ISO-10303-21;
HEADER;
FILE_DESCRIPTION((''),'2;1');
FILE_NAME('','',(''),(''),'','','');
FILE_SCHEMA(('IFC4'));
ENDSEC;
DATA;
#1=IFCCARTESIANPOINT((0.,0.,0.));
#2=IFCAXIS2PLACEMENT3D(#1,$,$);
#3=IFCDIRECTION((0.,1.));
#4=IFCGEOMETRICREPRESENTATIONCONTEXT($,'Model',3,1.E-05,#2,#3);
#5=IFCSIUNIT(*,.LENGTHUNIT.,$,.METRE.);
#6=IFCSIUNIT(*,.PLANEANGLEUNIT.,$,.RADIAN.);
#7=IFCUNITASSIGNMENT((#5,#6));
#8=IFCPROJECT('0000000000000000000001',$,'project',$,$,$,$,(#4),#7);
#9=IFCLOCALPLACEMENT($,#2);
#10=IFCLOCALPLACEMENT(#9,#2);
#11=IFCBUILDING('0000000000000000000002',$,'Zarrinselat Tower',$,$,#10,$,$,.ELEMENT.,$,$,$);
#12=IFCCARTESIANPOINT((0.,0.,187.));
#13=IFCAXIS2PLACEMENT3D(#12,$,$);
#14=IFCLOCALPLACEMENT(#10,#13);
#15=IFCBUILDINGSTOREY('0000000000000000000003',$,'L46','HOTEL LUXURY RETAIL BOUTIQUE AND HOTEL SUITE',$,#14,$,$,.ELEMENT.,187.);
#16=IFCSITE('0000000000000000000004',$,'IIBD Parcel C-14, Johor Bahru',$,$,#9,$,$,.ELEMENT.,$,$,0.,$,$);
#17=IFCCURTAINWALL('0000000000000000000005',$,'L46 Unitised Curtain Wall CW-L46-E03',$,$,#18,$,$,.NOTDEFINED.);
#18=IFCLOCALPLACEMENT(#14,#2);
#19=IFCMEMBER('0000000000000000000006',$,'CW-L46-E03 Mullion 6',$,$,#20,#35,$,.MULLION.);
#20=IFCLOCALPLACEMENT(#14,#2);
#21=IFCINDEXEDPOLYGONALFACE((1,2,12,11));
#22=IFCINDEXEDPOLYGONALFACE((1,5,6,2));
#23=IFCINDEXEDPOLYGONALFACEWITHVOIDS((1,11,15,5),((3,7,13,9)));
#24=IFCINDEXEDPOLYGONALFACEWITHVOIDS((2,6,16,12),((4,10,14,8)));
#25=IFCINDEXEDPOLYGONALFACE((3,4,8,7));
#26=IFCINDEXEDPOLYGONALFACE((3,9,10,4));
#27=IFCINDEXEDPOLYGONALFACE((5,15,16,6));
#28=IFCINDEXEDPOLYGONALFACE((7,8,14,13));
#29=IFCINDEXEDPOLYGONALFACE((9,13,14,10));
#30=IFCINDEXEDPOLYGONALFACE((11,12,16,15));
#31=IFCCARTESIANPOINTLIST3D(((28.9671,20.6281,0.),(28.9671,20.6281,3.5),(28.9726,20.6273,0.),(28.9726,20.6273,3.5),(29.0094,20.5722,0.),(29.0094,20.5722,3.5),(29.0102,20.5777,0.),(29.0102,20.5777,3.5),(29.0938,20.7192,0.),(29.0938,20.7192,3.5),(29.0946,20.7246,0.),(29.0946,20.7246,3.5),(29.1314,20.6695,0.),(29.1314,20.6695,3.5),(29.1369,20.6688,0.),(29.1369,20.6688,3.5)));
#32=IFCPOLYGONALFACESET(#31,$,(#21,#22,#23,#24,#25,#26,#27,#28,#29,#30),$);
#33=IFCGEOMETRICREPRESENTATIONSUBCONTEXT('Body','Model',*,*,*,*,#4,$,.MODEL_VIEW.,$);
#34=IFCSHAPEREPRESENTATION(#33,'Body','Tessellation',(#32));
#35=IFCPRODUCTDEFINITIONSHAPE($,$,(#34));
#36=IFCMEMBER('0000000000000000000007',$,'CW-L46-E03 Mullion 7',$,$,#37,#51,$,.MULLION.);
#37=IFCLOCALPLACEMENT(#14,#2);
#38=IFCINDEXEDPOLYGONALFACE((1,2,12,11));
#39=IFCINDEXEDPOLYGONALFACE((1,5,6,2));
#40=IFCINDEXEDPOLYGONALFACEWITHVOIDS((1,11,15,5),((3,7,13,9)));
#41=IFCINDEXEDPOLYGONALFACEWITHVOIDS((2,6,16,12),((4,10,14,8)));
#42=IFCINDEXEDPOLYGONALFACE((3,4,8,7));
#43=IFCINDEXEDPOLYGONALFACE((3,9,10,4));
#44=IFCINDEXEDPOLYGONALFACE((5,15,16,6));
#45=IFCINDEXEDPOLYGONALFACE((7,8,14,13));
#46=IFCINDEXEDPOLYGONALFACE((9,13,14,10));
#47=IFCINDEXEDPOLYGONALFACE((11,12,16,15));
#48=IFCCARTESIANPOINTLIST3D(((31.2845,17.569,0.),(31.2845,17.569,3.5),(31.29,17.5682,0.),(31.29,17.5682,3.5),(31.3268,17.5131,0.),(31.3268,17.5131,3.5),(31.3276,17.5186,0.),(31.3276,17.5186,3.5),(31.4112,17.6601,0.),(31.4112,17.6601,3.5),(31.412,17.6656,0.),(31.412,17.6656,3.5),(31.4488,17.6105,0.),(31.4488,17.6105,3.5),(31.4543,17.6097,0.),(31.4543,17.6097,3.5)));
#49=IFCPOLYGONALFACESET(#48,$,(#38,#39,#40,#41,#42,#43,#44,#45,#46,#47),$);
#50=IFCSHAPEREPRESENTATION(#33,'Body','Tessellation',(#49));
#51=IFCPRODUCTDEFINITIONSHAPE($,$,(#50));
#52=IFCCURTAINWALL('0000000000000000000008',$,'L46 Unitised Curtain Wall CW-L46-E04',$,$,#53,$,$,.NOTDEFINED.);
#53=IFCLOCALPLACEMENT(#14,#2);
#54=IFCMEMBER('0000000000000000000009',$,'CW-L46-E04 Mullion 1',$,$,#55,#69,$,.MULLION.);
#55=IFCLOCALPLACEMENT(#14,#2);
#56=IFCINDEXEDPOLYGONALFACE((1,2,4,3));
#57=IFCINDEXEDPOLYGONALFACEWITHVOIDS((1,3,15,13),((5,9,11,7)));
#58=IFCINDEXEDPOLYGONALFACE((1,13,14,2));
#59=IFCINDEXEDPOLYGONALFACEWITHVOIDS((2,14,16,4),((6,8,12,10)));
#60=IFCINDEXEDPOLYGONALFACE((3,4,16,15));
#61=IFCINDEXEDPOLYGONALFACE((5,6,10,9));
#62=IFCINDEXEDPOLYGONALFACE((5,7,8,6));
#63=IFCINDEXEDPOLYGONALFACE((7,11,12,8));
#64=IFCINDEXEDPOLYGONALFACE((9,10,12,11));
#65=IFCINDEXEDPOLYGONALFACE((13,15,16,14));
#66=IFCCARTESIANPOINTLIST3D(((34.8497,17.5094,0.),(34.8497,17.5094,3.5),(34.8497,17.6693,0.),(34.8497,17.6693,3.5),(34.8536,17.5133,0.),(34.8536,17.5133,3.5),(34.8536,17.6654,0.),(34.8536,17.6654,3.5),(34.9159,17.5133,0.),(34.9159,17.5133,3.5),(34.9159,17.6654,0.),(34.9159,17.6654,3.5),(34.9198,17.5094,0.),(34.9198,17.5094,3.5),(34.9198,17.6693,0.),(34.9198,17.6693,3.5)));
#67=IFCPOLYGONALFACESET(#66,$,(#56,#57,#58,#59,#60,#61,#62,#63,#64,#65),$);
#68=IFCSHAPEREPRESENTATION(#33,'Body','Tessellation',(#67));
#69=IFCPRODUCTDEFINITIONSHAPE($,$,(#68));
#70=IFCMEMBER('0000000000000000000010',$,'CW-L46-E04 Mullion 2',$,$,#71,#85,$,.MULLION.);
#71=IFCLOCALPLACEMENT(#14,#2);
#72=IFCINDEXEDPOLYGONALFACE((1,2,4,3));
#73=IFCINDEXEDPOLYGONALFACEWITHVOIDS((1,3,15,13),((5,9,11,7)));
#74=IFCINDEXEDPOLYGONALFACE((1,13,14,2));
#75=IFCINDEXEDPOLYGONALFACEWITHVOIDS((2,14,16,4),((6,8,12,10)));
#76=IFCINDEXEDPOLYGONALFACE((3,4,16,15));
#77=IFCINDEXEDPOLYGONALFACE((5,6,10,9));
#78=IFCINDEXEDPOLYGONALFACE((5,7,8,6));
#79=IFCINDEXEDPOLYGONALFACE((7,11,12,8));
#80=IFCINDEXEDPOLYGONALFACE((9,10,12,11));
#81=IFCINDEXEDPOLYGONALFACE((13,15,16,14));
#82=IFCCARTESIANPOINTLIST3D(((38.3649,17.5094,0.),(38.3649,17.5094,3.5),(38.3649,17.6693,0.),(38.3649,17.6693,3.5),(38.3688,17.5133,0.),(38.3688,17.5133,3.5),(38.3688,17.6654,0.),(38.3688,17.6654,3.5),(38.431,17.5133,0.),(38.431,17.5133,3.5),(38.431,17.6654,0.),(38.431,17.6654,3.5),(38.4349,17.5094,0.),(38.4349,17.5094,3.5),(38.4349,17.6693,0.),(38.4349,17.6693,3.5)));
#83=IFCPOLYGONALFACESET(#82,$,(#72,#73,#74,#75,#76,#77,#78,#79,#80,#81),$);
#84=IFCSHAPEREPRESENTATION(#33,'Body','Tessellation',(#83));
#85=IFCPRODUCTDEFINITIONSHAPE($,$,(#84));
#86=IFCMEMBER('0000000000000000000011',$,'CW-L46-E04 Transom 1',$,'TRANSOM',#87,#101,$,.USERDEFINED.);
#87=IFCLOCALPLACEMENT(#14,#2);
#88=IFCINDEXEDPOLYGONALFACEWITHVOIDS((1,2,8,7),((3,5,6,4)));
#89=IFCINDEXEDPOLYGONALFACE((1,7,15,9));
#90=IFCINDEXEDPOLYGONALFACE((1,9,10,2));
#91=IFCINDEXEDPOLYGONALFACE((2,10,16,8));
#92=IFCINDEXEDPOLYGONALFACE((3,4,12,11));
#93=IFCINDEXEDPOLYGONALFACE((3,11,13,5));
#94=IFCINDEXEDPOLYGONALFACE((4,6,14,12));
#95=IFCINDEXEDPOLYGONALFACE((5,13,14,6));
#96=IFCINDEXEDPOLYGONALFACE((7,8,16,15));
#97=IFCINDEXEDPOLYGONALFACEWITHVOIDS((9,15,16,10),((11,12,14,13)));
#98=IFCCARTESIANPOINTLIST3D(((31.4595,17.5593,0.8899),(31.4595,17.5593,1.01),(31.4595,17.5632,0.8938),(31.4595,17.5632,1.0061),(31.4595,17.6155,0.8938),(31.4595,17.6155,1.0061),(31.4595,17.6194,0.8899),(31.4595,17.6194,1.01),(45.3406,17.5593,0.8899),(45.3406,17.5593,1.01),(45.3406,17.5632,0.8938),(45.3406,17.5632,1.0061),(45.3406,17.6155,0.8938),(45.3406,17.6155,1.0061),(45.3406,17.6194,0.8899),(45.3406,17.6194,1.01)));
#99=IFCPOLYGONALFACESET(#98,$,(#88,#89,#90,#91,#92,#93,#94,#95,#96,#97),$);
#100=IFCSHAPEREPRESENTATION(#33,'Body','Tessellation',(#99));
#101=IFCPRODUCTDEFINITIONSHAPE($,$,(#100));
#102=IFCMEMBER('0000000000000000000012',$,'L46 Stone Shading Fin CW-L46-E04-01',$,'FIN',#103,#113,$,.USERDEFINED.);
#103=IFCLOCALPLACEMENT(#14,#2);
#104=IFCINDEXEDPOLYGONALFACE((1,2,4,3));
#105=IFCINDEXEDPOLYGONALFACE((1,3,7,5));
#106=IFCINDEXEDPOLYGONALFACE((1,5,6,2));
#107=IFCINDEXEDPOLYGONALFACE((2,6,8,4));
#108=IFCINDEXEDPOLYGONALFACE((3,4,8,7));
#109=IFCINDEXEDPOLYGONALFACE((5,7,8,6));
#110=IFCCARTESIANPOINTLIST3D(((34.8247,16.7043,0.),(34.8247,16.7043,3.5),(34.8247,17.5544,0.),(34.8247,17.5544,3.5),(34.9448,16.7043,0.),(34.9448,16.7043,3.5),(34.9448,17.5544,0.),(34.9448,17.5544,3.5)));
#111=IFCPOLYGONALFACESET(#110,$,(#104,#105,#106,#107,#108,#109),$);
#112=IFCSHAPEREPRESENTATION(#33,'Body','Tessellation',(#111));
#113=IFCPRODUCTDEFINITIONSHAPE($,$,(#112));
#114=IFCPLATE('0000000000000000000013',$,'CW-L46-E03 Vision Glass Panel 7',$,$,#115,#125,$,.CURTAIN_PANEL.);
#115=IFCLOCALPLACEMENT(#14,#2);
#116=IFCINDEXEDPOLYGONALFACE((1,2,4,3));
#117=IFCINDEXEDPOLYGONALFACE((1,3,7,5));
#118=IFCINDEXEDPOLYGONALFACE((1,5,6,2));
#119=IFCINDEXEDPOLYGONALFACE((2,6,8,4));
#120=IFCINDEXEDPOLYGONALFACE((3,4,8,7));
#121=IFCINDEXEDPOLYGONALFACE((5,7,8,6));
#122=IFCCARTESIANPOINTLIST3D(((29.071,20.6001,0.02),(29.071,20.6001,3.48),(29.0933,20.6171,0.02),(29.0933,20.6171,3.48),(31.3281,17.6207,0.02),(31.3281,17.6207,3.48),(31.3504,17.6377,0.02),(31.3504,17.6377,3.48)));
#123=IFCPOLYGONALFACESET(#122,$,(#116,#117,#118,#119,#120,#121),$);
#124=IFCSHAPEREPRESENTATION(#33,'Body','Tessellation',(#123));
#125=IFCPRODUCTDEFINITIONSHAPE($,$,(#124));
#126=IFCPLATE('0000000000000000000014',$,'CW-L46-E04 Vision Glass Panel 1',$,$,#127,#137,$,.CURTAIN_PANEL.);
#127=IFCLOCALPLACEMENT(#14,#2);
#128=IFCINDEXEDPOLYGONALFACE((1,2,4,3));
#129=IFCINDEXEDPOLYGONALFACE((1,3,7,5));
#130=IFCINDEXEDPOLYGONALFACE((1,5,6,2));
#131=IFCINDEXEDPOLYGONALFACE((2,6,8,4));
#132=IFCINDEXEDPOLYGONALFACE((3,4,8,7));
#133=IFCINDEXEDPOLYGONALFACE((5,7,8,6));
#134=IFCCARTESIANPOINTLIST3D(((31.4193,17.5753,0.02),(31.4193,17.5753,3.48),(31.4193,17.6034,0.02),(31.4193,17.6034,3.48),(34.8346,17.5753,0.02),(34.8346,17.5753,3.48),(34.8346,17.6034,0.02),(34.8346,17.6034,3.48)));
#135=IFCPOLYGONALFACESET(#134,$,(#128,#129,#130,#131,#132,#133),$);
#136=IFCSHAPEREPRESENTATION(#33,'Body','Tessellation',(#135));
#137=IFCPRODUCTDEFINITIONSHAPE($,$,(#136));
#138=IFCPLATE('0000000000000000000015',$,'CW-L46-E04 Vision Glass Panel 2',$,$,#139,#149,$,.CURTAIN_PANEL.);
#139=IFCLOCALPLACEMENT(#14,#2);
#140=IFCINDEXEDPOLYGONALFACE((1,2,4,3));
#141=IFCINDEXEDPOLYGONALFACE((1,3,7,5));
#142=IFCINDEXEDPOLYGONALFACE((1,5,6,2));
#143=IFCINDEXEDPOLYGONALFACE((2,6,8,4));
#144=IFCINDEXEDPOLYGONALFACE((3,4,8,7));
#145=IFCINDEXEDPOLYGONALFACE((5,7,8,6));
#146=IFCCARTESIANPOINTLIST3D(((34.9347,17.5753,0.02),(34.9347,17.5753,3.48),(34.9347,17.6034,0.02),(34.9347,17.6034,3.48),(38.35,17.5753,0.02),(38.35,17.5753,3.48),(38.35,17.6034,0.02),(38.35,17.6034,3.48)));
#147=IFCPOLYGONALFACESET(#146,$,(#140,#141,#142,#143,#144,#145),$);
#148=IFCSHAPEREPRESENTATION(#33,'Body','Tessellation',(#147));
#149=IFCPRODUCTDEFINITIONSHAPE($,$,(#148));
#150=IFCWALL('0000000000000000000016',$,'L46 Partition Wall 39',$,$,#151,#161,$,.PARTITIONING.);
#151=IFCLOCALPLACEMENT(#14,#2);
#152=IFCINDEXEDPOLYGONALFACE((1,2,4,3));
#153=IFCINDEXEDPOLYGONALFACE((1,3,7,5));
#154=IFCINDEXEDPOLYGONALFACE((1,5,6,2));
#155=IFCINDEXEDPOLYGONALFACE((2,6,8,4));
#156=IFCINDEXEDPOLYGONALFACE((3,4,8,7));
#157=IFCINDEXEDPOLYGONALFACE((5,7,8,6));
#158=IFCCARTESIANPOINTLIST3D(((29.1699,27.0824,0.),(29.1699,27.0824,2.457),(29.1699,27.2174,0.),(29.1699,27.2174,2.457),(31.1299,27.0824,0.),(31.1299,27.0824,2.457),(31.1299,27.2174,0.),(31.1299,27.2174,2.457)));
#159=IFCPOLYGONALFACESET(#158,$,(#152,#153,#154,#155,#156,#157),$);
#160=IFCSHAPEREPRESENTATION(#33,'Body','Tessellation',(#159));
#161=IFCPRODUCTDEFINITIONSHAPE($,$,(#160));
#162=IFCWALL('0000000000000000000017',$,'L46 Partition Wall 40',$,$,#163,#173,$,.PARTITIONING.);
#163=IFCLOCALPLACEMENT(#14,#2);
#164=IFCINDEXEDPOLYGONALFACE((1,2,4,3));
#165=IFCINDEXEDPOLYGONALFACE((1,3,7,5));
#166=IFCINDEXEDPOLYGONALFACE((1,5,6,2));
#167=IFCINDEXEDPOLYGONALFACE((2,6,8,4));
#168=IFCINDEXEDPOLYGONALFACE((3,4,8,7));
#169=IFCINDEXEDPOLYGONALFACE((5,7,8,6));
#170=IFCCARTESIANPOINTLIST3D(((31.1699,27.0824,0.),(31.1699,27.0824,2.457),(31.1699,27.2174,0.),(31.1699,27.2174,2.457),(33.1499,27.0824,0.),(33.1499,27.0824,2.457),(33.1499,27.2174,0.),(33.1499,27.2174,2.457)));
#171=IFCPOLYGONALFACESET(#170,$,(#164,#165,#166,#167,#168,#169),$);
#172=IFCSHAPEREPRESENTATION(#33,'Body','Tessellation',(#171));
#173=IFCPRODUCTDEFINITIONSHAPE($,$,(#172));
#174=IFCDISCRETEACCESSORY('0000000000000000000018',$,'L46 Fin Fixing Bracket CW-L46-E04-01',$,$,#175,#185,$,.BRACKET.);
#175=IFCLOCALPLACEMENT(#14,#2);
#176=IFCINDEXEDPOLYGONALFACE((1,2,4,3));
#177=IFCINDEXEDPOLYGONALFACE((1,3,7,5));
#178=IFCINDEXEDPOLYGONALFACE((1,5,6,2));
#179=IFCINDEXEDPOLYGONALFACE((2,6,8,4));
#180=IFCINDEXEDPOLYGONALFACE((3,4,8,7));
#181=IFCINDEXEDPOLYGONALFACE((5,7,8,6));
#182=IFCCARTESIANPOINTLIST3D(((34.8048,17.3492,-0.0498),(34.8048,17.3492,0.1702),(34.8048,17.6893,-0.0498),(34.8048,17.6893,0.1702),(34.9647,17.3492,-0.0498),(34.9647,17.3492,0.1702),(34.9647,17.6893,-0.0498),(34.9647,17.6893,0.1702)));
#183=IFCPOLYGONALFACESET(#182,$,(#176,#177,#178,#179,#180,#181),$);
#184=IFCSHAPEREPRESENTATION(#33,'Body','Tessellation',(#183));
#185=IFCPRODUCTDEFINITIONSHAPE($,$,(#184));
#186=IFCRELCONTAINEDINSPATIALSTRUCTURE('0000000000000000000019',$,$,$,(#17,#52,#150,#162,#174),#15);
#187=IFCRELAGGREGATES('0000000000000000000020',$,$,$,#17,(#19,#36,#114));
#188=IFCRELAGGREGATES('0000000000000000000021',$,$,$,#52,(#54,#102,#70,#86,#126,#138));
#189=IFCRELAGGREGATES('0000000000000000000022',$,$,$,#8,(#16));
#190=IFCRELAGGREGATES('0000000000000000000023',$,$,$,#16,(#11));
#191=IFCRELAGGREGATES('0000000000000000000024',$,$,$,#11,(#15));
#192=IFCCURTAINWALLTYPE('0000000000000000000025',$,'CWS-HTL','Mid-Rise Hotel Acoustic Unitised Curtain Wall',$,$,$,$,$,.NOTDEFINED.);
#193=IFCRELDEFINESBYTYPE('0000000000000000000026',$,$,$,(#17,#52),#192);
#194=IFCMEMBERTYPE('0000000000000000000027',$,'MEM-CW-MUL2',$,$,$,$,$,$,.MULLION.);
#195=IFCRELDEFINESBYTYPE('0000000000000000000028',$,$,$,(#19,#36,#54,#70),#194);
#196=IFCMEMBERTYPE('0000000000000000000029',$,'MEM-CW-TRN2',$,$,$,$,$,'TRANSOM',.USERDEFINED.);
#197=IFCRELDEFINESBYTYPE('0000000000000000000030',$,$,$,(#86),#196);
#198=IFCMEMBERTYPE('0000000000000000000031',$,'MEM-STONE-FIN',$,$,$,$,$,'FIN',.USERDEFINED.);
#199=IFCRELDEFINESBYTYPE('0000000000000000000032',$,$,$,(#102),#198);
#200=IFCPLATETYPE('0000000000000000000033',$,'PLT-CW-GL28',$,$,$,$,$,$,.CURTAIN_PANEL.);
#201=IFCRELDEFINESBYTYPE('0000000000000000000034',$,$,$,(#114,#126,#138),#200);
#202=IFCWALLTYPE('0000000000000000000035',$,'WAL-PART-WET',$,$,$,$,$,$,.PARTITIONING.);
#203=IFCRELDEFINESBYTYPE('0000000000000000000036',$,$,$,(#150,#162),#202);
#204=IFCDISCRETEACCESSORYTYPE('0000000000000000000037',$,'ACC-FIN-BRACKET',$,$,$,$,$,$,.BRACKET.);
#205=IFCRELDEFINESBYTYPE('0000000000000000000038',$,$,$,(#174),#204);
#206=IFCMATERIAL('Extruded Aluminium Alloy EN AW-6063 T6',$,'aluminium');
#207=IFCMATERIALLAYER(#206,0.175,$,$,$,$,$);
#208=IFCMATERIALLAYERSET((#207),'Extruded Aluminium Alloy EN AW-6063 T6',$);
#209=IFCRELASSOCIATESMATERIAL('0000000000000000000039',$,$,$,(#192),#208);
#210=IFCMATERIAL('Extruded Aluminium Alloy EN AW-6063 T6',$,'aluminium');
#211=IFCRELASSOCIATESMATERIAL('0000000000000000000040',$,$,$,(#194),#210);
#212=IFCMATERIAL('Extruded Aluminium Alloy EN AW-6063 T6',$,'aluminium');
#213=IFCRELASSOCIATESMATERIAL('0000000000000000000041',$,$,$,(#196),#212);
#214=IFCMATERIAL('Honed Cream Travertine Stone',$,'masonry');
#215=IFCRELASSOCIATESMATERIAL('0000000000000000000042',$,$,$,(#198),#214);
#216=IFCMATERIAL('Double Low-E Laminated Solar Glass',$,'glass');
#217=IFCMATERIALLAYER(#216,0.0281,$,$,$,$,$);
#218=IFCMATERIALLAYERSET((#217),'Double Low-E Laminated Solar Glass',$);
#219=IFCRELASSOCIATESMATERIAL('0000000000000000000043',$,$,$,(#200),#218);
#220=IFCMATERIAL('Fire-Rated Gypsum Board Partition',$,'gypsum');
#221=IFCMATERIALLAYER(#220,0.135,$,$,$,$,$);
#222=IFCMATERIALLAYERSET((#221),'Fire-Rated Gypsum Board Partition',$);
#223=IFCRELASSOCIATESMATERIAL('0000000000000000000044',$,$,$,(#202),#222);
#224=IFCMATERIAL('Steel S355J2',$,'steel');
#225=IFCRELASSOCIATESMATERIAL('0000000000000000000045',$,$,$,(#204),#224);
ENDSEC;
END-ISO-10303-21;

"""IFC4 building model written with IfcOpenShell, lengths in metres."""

from ifc_helpers import new_model, si_unit, direction, frame, frame_2d, origin, origin_2d, place, context, subcontext, project, spatial, rectangle, hollow_rectangle, extrude, material, layer, layer_set, material_profile, profile_set, type_object, element, aggregate, save


model = new_model("IFC4")

# Units and contexts
model_context = context("Model", 3, precision=1e-05, world=origin(), true_north=direction((0.0, 1.0)))
body_context = subcontext(model_context, "Body", "Model", "MODEL_VIEW")
ifc_project = project(units=[si_unit("LENGTHUNIT", "METRE"), si_unit("PLANEANGLEUNIT", "RADIAN")], contexts=[model_context])

# Site, building, storey
site_placement = place(None, origin())
site = spatial("IfcSite", under=ifc_project, at=site_placement, Name="IIBD Parcel C-14, Johor Bahru", CompositionType="ELEMENT", RefElevation=0.0)
building_placement = place(site_placement, origin())
building = spatial("IfcBuilding", under=site, at=building_placement, Name="Zarrinselat Tower", CompositionType="ELEMENT")
storey_placement = place(building_placement, frame((0.0, 0.0, 187.0)))
storey = spatial("IfcBuildingStorey", under=building, at=storey_placement, Name="L46", Description="HOTEL LUXURY RETAIL BOUTIQUE AND HOTEL SUITE", CompositionType="ELEMENT", Elevation=187.0)

# Curtain walls, members
ifc_material_1 = material(Name="Extruded Aluminium Alloy EN AW-6063 T6", Category="aluminium")
ifc_layer_1 = layer(ifc_material_1, 0.175)
ifc_layer_set_1 = layer_set([ifc_layer_1], Name="Extruded Aluminium Alloy EN AW-6063 T6")
curtain_wall_type = type_object("IfcCurtainWallType", Name="CWS-HTL", Description="Mid-Rise Hotel Acoustic Unitised Curtain Wall", PredefinedType="NOTDEFINED", material=ifc_layer_set_1)
curtain_wall_1_placement = place(storey_placement, origin())
curtain_wall_1 = element("IfcCurtainWall", 1, at=curtain_wall_1_placement, inside=storey, type_object=curtain_wall_type, Name="L46 Unitised Curtain Wall CW-L46-E03", PredefinedType="NOTDEFINED")
ifc_material_2 = material(Name="Extruded Aluminium Alloy EN AW-6063 T6", Category="aluminium")
ifc_material_profile_1 = material_profile(ifc_material_2, hollow_rectangle(XDim=0.0701, YDim=0.1599, WallThickness=0.0039, at=origin_2d()), Name="RHS 160x70x4")
ifc_profile_set_1 = profile_set([ifc_material_profile_1], Name="Extruded Aluminium Alloy EN AW-6063 T6")
member_type_1 = type_object("IfcMemberType", Name="MEM-CW-MUL2", PredefinedType="MULLION", material=ifc_profile_set_1)
member_1_placement = place(storey_placement, frame((29.052, 20.6484, 0.0), z_axis=(0.0, 0.0, 1.0), x_axis=(0.603857, -0.797093, 0.0)))
member_1 = element("IfcMember", 2, at=member_1_placement, type_object=member_type_1, Name="CW-L46-E03 Mullion 6", PredefinedType="MULLION", context=body_context, shape_type="SweptSolid", body=[
    extrude(hollow_rectangle(XDim=0.0701, YDim=0.1599, WallThickness=0.0039, at=origin_2d()), origin(), (0.0, 0.0, 1.0), 3.5),
])
member_2_placement = place(storey_placement, frame((31.3694, 17.5894, 0.0), z_axis=(0.0, 0.0, 1.0), x_axis=(0.603857, -0.797093, 0.0)))
member_2 = element("IfcMember", 3, at=member_2_placement, type_object=member_type_1, Name="CW-L46-E03 Mullion 7", PredefinedType="MULLION", context=body_context, shape_type="SweptSolid", body=[
    extrude(hollow_rectangle(XDim=0.0701, YDim=0.1599, WallThickness=0.0039, at=origin_2d()), origin(), (0.0, 0.0, 1.0), 3.5),
])
curtain_wall_2_placement = place(storey_placement, origin())
curtain_wall_2 = element("IfcCurtainWall", 4, at=curtain_wall_2_placement, inside=storey, type_object=curtain_wall_type, Name="L46 Unitised Curtain Wall CW-L46-E04", PredefinedType="NOTDEFINED")
member_3_placement = place(storey_placement, frame((34.8848, 17.5894, 0.0), z_axis=(0.0, 0.0, 1.0), x_axis=(1.0, 0.0, 0.0)))
member_3 = element("IfcMember", 5, at=member_3_placement, type_object=member_type_1, Name="CW-L46-E04 Mullion 1", PredefinedType="MULLION", context=body_context, shape_type="SweptSolid", body=[
    extrude(hollow_rectangle(XDim=0.0701, YDim=0.1599, WallThickness=0.0039, at=origin_2d()), origin(), (0.0, 0.0, 1.0), 3.5),
])
member_4_placement = place(storey_placement, frame((38.3999, 17.5894, 0.0), z_axis=(0.0, 0.0, 1.0), x_axis=(1.0, 0.0, 0.0)))
member_4 = element("IfcMember", 6, at=member_4_placement, type_object=member_type_1, Name="CW-L46-E04 Mullion 2", PredefinedType="MULLION", context=body_context, shape_type="SweptSolid", body=[
    extrude(hollow_rectangle(XDim=0.0701, YDim=0.1599, WallThickness=0.0039, at=origin_2d()), origin(), (0.0, 0.0, 1.0), 3.5),
])
ifc_material_3 = material(Name="Extruded Aluminium Alloy EN AW-6063 T6", Category="aluminium")
ifc_material_profile_2 = material_profile(ifc_material_3, hollow_rectangle(XDim=0.0601, YDim=0.1201, WallThickness=0.0039, at=origin_2d()), Name="RHS 120x60x4")
ifc_profile_set_2 = profile_set([ifc_material_profile_2], Name="Extruded Aluminium Alloy EN AW-6063 T6")
member_type_2 = type_object("IfcMemberType", Name="MEM-CW-TRN2", ElementType="TRANSOM", PredefinedType="USERDEFINED", material=ifc_profile_set_2)
member_5_placement = place(storey_placement, frame((31.4595, 17.5894, 0.95), z_axis=(1.0, 0.0, 0.0), x_axis=(0.0, 1.0, 0.0)))
member_5 = element("IfcMember", 7, at=member_5_placement, type_object=member_type_2, Name="CW-L46-E04 Transom 1", ObjectType="TRANSOM", PredefinedType="USERDEFINED", context=body_context, shape_type="SweptSolid", body=[
    extrude(hollow_rectangle(XDim=0.0601, YDim=0.1201, WallThickness=0.0039, at=origin_2d()), origin(), (0.0, 0.0, 1.0), 13.8811),
])
ifc_material_4 = material(Name="Honed Cream Travertine Stone", Category="masonry")
ifc_material_profile_3 = material_profile(ifc_material_4, rectangle(XDim=0.1201, YDim=0.8501, at=origin_2d()), Name="FIN 850x120")
ifc_profile_set_3 = profile_set([ifc_material_profile_3], Name="Honed Cream Travertine Stone")
member_type_3 = type_object("IfcMemberType", Name="MEM-STONE-FIN", ElementType="FIN", PredefinedType="USERDEFINED", material=ifc_profile_set_3)
member_6_placement = place(storey_placement, frame((34.8848, 17.1294, 0.0), z_axis=(0.0, 0.0, 1.0), x_axis=(-1.0, 0.0, 0.0)))
member_6 = element("IfcMember", 8, at=member_6_placement, type_object=member_type_3, Name="L46 Stone Shading Fin CW-L46-E04-01", ObjectType="FIN", PredefinedType="USERDEFINED", context=body_context, shape_type="SweptSolid", body=[
    extrude(rectangle(XDim=0.1201, YDim=0.8501, at=origin_2d()), origin(), (0.0, 0.0, 1.0), 3.5),
])

# Plates
ifc_material_5 = material(Name="Double Low-E Laminated Solar Glass", Category="glass")
ifc_layer_2 = layer(ifc_material_5, 0.0281)
ifc_layer_set_2 = layer_set([ifc_layer_2], Name="Double Low-E Laminated Solar Glass")
plate_type = type_object("IfcPlateType", Name="PLT-CW-GL28", PredefinedType="CURTAIN_PANEL", material=ifc_layer_set_2)
plate_1_placement = place(storey_placement, frame((30.2107, 19.1189, 0.02), z_axis=(0.0, 0.0, 1.0), x_axis=(0.603857, -0.797093, 0.0)))
plate_1 = element("IfcPlate", 9, at=plate_1_placement, type_object=plate_type, Name="CW-L46-E03 Vision Glass Panel 7", PredefinedType="CURTAIN_PANEL", context=body_context, shape_type="SweptSolid", body=[
    extrude(rectangle(XDim=3.7378, YDim=0.0281, at=origin_2d()), origin(), (0.0, 0.0, 1.0), 3.46),
])
aggregate(curtain_wall_1, [member_1, member_2, plate_1])
plate_2_placement = place(storey_placement, frame((33.127, 17.5894, 0.02), z_axis=(0.0, 0.0, 1.0), x_axis=(1.0, 0.0, 0.0)))
plate_2 = element("IfcPlate", 10, at=plate_2_placement, type_object=plate_type, Name="CW-L46-E04 Vision Glass Panel 1", PredefinedType="CURTAIN_PANEL", context=body_context, shape_type="SweptSolid", body=[
    extrude(rectangle(XDim=3.4153, YDim=0.0281, at=origin_2d()), origin(), (0.0, 0.0, 1.0), 3.46),
])
plate_3_placement = place(storey_placement, frame((36.6423, 17.5894, 0.02), z_axis=(0.0, 0.0, 1.0), x_axis=(1.0, 0.0, 0.0)))
plate_3 = element("IfcPlate", 11, at=plate_3_placement, type_object=plate_type, Name="CW-L46-E04 Vision Glass Panel 2", PredefinedType="CURTAIN_PANEL", context=body_context, shape_type="SweptSolid", body=[
    extrude(rectangle(XDim=3.4153, YDim=0.0281, at=origin_2d()), origin(), (0.0, 0.0, 1.0), 3.46),
])
aggregate(curtain_wall_2, [member_3, member_6, member_4, member_5, plate_2, plate_3])

# Walls
ifc_material_6 = material(Name="Fire-Rated Gypsum Board Partition", Category="gypsum")
ifc_layer_3 = layer(ifc_material_6, 0.135)
ifc_layer_set_3 = layer_set([ifc_layer_3], Name="Fire-Rated Gypsum Board Partition")
wall_type = type_object("IfcWallType", Name="WAL-PART-WET", PredefinedType="PARTITIONING", material=ifc_layer_set_3)
wall_1_placement = place(storey_placement, frame((29.1699, 27.1499, 0.0), z_axis=(0.0, 0.0, 1.0), x_axis=(1.0, 0.0, 0.0)))
element("IfcWall", 12, at=wall_1_placement, inside=storey, type_object=wall_type, Name="L46 Partition Wall 39", PredefinedType="PARTITIONING", context=body_context, shape_type="SweptSolid", body=[
    extrude(rectangle(XDim=1.96, YDim=0.135, at=frame_2d((0.98, 0.0))), origin(), (0.0, 0.0, 1.0), 2.457),
])
wall_2_placement = place(storey_placement, frame((31.1699, 27.1499, 0.0), z_axis=(0.0, 0.0, 1.0), x_axis=(1.0, 0.0, 0.0)))
element("IfcWall", 13, at=wall_2_placement, inside=storey, type_object=wall_type, Name="L46 Partition Wall 40", PredefinedType="PARTITIONING", context=body_context, shape_type="SweptSolid", body=[
    extrude(rectangle(XDim=1.98, YDim=0.135, at=frame_2d((0.99, 0.0))), origin(), (0.0, 0.0, 1.0), 2.457),
])

# Discrete accessory
ifc_material_7 = material(Name="Steel S355J2", Category="steel")
discrete_accessory_type = type_object("IfcDiscreteAccessoryType", Name="ACC-FIN-BRACKET", PredefinedType="BRACKET", material=ifc_material_7)
discrete_accessory_placement = place(storey_placement, frame((34.8848, 17.5193, -0.0498), z_axis=(0.0, 0.0, 1.0), x_axis=(0.0, -1.0, 0.0)))
element("IfcDiscreteAccessory", 14, at=discrete_accessory_placement, inside=storey, type_object=discrete_accessory_type, Name="L46 Fin Fixing Bracket CW-L46-E04-01", PredefinedType="BRACKET", context=body_context, shape_type="SweptSolid", body=[
    extrude(rectangle(XDim=0.3401, YDim=0.1599, at=origin_2d()), origin(), (0.0, 0.0, 1.0), 0.22),
])

save(model, "model.ifc")
